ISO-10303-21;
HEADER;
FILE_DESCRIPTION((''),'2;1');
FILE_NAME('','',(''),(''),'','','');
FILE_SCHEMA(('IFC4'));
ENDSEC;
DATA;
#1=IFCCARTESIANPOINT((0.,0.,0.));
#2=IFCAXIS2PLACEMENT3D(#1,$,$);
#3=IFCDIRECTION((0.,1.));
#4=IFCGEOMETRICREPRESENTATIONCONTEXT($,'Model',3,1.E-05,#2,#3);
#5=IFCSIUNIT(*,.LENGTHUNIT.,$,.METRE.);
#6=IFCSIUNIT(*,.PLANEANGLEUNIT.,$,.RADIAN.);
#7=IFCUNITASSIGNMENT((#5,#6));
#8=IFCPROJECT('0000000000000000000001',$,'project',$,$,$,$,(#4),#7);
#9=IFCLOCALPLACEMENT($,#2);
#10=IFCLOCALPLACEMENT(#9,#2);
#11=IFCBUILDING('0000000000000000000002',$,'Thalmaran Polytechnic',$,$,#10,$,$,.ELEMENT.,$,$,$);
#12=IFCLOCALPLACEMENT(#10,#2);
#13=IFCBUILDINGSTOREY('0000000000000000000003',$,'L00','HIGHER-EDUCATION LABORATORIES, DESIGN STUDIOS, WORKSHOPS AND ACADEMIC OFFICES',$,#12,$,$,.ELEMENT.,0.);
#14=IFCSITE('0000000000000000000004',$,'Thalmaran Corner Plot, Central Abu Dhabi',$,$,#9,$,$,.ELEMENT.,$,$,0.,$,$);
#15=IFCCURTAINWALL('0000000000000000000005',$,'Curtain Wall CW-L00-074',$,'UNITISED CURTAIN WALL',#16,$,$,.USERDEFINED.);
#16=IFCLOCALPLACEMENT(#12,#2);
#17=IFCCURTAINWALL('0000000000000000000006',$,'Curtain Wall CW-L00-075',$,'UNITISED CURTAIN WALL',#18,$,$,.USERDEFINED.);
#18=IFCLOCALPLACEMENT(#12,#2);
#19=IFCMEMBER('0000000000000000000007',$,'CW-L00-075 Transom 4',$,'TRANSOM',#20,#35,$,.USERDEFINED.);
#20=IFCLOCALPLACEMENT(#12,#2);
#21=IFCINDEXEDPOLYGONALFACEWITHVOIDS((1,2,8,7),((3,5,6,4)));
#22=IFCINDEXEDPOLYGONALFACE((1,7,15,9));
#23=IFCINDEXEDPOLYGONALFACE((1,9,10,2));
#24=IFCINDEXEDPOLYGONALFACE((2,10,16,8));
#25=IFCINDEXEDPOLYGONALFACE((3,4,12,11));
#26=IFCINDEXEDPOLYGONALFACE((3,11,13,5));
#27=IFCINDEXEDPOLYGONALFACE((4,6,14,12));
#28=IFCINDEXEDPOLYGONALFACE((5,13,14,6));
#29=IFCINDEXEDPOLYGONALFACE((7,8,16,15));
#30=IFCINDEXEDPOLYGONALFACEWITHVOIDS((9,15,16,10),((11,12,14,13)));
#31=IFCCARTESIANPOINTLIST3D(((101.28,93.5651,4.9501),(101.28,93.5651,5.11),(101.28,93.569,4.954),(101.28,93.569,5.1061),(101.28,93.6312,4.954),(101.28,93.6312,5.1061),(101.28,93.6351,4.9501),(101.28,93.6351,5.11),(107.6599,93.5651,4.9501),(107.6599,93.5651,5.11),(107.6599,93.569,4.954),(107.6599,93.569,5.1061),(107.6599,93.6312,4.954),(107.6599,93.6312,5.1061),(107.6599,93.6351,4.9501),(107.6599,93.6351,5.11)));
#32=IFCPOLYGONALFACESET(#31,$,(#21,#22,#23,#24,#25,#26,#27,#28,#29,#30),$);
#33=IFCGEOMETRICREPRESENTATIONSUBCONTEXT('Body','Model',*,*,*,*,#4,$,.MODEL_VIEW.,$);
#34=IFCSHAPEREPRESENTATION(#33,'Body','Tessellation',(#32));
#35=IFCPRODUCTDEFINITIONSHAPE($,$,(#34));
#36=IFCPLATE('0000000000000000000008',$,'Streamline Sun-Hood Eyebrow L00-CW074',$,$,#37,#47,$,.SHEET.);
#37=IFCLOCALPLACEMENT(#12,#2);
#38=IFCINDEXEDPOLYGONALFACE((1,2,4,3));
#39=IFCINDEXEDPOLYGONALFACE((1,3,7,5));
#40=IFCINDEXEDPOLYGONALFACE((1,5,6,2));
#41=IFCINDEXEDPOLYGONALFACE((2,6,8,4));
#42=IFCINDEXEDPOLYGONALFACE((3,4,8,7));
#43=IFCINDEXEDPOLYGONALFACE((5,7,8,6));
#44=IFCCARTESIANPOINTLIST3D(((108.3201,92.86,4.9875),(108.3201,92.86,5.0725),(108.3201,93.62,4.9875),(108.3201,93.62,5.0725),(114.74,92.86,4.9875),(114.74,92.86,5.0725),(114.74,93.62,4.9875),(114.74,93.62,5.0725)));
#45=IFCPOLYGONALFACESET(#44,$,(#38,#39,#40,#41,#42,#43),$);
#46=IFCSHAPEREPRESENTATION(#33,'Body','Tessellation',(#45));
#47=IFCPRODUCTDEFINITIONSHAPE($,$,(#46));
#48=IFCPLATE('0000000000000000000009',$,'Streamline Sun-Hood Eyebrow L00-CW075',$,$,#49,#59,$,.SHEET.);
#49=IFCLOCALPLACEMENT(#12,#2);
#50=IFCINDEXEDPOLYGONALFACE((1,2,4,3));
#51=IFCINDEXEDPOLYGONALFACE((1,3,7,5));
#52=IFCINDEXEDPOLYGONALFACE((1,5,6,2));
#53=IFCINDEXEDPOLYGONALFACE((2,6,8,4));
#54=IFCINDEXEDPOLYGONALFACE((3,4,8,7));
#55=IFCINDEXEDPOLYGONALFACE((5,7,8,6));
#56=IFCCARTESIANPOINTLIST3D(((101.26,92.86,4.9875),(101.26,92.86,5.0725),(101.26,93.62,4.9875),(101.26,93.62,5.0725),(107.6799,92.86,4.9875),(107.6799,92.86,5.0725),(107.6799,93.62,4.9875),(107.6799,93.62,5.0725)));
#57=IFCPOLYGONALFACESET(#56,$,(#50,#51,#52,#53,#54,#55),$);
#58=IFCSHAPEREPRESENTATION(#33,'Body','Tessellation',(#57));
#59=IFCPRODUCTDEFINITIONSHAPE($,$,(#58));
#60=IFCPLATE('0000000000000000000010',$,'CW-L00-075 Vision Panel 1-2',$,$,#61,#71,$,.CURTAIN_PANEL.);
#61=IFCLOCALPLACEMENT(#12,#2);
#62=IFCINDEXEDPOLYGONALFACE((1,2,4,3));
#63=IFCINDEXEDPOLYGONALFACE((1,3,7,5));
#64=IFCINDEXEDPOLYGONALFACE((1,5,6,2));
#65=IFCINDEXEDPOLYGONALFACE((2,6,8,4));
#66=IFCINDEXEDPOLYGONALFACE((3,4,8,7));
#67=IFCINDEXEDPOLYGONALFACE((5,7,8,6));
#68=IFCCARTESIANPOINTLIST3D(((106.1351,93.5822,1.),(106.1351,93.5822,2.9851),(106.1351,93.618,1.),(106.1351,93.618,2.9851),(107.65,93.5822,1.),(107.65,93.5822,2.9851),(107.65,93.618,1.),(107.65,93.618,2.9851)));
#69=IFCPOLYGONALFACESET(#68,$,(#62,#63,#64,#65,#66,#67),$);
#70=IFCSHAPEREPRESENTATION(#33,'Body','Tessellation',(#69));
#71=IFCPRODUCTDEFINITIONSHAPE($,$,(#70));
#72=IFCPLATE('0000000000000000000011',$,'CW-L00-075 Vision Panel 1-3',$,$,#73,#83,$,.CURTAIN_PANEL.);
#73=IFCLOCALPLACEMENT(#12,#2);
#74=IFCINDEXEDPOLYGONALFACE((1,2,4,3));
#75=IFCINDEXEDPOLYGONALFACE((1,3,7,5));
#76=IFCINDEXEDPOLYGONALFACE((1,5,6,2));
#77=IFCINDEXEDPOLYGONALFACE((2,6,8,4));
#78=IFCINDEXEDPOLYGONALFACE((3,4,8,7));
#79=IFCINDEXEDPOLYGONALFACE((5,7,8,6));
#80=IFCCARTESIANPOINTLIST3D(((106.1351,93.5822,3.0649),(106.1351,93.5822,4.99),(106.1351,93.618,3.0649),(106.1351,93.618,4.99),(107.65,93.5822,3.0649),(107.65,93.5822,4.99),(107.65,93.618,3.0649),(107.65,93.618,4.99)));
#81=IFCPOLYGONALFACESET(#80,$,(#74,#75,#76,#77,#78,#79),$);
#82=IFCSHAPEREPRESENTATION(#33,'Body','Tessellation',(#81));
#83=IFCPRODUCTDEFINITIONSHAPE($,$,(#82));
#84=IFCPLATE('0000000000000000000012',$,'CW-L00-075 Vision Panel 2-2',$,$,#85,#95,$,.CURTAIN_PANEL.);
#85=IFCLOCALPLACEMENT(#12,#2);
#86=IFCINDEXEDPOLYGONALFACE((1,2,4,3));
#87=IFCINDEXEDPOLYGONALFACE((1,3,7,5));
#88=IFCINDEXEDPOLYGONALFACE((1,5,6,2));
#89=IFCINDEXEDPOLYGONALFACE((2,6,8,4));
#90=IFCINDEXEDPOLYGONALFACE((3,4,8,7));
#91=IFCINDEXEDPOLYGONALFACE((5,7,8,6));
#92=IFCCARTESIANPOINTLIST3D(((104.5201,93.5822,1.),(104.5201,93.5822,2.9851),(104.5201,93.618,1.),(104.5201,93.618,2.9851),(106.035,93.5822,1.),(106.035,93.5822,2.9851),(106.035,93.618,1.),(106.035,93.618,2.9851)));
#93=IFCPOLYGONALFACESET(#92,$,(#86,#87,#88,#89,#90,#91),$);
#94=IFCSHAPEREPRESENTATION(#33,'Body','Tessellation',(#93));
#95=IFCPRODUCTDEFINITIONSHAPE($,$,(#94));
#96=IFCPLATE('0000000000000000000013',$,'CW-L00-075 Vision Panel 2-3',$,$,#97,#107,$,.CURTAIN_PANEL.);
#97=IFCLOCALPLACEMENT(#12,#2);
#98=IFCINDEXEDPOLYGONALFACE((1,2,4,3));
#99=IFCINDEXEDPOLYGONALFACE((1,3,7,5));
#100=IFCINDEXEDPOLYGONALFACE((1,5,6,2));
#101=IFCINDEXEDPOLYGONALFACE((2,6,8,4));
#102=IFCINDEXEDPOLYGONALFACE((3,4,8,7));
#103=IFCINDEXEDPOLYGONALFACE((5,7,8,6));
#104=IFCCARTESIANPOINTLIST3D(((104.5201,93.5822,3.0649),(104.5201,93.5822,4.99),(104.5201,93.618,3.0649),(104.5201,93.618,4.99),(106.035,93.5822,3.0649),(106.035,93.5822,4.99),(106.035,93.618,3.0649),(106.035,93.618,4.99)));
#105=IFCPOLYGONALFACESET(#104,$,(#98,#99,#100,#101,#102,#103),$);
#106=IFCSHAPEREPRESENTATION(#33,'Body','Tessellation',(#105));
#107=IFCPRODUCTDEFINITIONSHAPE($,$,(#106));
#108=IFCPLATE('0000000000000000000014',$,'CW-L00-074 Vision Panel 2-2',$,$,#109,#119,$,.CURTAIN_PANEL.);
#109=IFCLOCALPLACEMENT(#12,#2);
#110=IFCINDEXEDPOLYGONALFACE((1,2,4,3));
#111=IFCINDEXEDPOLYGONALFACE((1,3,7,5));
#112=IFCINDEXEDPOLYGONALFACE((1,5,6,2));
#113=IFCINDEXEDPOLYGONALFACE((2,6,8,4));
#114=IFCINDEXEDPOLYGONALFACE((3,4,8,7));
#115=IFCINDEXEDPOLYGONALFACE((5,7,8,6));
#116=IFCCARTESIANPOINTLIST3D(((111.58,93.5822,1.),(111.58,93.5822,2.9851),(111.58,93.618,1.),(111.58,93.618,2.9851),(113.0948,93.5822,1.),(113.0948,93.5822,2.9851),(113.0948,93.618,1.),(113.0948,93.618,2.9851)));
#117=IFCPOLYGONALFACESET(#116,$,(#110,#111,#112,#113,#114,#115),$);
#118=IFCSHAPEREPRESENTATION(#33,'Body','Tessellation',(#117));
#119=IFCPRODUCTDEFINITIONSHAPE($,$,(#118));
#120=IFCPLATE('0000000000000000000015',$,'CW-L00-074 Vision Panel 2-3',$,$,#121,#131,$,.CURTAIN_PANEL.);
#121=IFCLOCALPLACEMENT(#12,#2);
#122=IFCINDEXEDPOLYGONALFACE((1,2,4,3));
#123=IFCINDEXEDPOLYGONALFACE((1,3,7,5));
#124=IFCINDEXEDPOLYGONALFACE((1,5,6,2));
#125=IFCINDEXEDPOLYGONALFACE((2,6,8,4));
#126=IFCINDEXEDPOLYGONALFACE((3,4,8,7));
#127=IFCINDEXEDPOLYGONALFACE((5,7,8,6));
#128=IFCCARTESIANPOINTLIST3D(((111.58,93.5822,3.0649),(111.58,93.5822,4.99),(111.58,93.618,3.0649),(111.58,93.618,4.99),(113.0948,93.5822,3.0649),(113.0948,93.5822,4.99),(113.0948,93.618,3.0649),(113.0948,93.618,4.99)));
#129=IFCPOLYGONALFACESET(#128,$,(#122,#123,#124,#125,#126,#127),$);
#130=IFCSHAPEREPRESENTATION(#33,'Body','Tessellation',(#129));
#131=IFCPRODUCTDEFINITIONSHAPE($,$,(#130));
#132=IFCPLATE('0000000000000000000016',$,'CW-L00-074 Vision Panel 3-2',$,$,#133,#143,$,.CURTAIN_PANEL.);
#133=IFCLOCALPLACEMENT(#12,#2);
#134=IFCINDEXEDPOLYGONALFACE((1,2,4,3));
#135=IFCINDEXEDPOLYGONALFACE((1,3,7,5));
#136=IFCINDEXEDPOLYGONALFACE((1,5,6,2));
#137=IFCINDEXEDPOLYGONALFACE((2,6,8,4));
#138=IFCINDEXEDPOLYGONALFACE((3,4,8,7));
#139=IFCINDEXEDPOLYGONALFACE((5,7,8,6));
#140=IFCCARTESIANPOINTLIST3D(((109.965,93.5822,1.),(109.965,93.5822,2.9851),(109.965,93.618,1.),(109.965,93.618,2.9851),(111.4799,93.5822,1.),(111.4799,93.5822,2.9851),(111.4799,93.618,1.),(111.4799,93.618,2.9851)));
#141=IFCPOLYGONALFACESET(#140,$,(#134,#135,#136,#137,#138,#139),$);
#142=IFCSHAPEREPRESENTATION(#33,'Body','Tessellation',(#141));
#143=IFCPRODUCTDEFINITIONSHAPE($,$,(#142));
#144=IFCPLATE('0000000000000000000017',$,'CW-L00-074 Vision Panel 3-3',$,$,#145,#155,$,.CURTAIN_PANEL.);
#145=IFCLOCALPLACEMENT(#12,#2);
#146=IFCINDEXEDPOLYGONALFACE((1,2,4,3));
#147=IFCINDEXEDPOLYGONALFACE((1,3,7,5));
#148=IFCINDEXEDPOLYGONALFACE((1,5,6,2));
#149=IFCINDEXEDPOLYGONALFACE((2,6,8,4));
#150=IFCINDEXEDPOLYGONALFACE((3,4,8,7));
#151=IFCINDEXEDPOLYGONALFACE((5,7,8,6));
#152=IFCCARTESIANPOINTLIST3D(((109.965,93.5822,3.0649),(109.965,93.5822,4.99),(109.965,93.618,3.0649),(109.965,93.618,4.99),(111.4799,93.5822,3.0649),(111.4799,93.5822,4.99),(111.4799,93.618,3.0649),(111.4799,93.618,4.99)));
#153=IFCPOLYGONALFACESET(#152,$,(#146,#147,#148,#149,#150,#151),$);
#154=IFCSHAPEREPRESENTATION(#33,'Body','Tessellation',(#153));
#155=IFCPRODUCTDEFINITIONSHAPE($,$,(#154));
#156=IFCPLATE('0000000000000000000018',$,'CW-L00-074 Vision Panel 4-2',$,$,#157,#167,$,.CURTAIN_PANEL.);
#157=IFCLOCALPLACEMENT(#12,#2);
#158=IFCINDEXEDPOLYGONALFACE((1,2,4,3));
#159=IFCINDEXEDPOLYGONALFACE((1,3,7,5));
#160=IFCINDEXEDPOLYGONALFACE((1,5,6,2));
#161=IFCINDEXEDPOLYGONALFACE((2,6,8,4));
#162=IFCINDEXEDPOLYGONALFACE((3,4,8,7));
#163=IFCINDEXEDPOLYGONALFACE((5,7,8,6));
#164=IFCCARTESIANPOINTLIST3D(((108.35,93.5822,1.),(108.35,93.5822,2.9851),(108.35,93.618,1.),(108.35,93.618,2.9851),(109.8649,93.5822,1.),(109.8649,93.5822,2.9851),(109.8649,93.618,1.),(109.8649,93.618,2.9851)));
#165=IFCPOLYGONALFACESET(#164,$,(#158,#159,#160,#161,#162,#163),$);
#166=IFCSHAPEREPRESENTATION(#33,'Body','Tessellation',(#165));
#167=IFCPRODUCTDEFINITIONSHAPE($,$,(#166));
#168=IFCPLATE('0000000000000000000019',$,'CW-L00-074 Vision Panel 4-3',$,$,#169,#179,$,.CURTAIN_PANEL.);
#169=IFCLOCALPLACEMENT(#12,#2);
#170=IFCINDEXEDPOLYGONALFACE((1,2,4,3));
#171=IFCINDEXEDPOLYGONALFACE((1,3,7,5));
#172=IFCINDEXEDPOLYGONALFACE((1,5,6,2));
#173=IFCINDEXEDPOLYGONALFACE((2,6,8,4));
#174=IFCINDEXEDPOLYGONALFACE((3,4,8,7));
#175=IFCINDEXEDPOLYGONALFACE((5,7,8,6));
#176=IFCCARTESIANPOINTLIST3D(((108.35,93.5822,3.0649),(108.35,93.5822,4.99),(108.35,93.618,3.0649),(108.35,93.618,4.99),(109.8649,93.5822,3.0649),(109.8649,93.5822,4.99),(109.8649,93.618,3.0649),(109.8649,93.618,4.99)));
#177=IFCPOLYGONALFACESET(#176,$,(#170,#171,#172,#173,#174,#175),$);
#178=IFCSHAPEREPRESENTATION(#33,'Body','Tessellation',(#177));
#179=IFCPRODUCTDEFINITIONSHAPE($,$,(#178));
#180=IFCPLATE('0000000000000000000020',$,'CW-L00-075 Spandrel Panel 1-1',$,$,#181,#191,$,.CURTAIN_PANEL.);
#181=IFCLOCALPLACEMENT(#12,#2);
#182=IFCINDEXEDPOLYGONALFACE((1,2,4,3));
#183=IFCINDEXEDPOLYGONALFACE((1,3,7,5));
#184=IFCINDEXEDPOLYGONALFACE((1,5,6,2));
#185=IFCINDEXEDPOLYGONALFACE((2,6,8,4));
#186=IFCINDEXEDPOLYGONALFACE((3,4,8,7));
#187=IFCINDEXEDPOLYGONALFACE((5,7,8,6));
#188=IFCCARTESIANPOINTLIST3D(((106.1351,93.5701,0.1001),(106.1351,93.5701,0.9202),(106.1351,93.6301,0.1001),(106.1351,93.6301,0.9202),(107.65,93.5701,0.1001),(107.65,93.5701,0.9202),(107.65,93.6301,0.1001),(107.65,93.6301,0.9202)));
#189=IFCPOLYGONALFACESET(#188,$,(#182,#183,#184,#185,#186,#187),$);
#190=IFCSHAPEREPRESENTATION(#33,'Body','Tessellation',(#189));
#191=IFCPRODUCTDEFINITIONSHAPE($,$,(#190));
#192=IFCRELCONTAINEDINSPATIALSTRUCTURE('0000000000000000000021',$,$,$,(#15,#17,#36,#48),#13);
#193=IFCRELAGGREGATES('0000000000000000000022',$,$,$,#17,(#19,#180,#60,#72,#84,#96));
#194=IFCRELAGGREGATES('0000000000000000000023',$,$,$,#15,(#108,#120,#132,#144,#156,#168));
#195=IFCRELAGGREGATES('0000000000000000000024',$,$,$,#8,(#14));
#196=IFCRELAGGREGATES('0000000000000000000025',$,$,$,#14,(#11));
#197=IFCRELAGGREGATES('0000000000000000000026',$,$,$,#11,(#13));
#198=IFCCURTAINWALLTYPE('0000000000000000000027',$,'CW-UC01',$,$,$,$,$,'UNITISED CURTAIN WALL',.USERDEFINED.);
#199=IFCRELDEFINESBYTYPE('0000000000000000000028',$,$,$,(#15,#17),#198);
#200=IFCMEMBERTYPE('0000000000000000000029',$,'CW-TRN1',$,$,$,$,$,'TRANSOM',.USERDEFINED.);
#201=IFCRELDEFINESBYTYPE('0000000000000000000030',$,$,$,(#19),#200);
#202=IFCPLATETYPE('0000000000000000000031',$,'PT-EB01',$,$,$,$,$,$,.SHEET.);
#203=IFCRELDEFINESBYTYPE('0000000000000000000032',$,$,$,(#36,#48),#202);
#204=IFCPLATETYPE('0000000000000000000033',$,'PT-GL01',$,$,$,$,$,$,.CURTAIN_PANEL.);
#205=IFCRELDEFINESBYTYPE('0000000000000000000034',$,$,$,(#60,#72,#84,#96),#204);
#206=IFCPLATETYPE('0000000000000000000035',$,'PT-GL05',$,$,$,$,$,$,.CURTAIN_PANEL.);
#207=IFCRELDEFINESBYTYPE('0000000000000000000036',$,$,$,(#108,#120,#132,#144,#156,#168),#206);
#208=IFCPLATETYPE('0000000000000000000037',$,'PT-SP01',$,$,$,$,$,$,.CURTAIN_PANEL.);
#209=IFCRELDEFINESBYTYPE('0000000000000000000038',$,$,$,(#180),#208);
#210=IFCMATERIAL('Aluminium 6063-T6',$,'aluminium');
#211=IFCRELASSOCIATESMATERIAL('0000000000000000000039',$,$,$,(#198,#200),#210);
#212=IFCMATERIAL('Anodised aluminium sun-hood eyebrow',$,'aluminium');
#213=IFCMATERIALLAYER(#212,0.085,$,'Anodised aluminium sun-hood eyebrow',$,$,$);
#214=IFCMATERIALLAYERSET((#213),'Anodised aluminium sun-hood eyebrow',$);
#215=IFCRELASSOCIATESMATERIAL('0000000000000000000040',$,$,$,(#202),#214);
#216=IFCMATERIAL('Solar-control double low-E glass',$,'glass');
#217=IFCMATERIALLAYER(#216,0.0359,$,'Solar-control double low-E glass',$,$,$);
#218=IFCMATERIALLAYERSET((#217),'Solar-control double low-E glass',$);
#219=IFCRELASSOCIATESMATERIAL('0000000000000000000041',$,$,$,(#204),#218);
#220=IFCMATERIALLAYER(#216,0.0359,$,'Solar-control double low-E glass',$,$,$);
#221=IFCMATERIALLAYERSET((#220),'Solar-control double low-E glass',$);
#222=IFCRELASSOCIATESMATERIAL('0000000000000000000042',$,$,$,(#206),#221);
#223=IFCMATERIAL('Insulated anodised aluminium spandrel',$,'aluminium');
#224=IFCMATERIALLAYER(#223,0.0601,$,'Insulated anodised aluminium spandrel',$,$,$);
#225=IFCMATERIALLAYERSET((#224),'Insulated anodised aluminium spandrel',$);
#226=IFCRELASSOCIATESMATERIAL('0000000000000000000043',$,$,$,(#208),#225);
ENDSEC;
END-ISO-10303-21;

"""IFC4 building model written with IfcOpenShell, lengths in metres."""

from ifc_helpers import new_model, si_unit, direction, frame, origin, origin_2d, place, context, subcontext, project, spatial, rectangle, hollow_rectangle, extrude, material, layer, layer_set, material_profile, profile_set, type_object, element, aggregate, save


model = new_model("IFC4")

# Units and contexts
model_context = context("Model", 3, precision=1e-05, world=origin(), true_north=direction((0.0, 1.0)))
body_context = subcontext(model_context, "Body", "Model", "MODEL_VIEW")
ifc_project = project(units=[si_unit("LENGTHUNIT", "METRE"), si_unit("PLANEANGLEUNIT", "RADIAN")], contexts=[model_context])

# Site, building, storey
site_placement = place(None, origin())
site = spatial("IfcSite", under=ifc_project, at=site_placement, Name="Thalmaran Corner Plot, Central Abu Dhabi", CompositionType="ELEMENT", RefElevation=0.0)
building_placement = place(site_placement, origin())
building = spatial("IfcBuilding", under=site, at=building_placement, Name="Thalmaran Polytechnic", CompositionType="ELEMENT")
storey_placement = place(building_placement, origin())
storey = spatial("IfcBuildingStorey", under=building, at=storey_placement, Name="L00", Description="HIGHER-EDUCATION LABORATORIES, DESIGN STUDIOS, WORKSHOPS AND ACADEMIC OFFICES", CompositionType="ELEMENT", Elevation=0.0)

# Curtain walls, member
ifc_material_1 = material(Name="Aluminium 6063-T6", Category="aluminium")
curtain_wall_type = type_object("IfcCurtainWallType", Name="CW-UC01", ElementType="UNITISED CURTAIN WALL", PredefinedType="USERDEFINED", material=ifc_material_1)
curtain_wall_1_placement = place(storey_placement, origin())
curtain_wall_1 = element("IfcCurtainWall", 1, at=curtain_wall_1_placement, inside=storey, type_object=curtain_wall_type, Name="Curtain Wall CW-L00-074", ObjectType="UNITISED CURTAIN WALL", PredefinedType="USERDEFINED")
curtain_wall_2_placement = place(storey_placement, origin())
curtain_wall_2 = element("IfcCurtainWall", 2, at=curtain_wall_2_placement, inside=storey, type_object=curtain_wall_type, Name="Curtain Wall CW-L00-075", ObjectType="UNITISED CURTAIN WALL", PredefinedType="USERDEFINED")
ifc_material_profile_1 = material_profile(ifc_material_1, hollow_rectangle(XDim=0.0701, YDim=0.1599, WallThickness=0.0039, at=origin_2d()), Name="AL 160x70x4.0")
ifc_profile_set_1 = profile_set([ifc_material_profile_1], Name="Aluminium 6063-T6")
member_type_1 = type_object("IfcMemberType", Name="CW-TRN1", ElementType="TRANSOM", PredefinedType="USERDEFINED", material=ifc_profile_set_1)
member_1_placement = place(storey_placement, frame((107.6599, 93.6001, 5.03), z_axis=(-1.0, 0.0, 0.0), x_axis=(0.0, -1.0, 0.0)))
member_1 = element("IfcMember", 3, at=member_1_placement, type_object=member_type_1, Name="CW-L00-075 Transom 4", ObjectType="TRANSOM", PredefinedType="USERDEFINED", context=body_context, shape_type="SweptSolid", body=[
    extrude(hollow_rectangle(XDim=0.0701, YDim=0.1599, WallThickness=0.0039, at=origin_2d()), origin(), (0.0, 0.0, 1.0), 6.3799),
])

# Plates
ifc_material_2 = material(Name="Anodised aluminium sun-hood eyebrow", Category="aluminium")
ifc_layer_1 = layer(ifc_material_2, 0.085, Name="Anodised aluminium sun-hood eyebrow")
ifc_layer_set_1 = layer_set([ifc_layer_1], Name="Anodised aluminium sun-hood eyebrow")
plate_type_1 = type_object("IfcPlateType", Name="PT-EB01", PredefinedType="SHEET", material=ifc_layer_set_1)
for number, where, z_axis, x_axis, name in (
    (4, (111.53, 93.24, 4.9875), (0.0, 0.0, 1.0), (-1.0, 0.0, 0.0), "Streamline Sun-Hood Eyebrow L00-CW074"),
    (5, (104.47, 93.24, 4.9875), (0.0, 0.0, 1.0), (-1.0, 0.0, 0.0), "Streamline Sun-Hood Eyebrow L00-CW075"),
):
    element("IfcPlate", number, at=place(storey_placement, frame(where, z_axis=z_axis, x_axis=x_axis)), inside=storey, type_object=plate_type_1, Name=name, PredefinedType="SHEET", context=body_context, shape_type="SweptSolid", body=[
        extrude(rectangle(XDim=6.4199, YDim=0.76, at=origin_2d()), origin(), (0.0, 0.0, 1.0), 0.085),
    ])

# Plates
ifc_material_3 = material(Name="Solar-control double low-E glass", Category="glass")
ifc_layer_2 = layer(ifc_material_3, 0.0359, Name="Solar-control double low-E glass")
ifc_layer_set_2 = layer_set([ifc_layer_2], Name="Solar-control double low-E glass")
plate_type_2 = type_object("IfcPlateType", Name="PT-GL01", PredefinedType="CURTAIN_PANEL", material=ifc_layer_set_2)
plate_1_placement = place(storey_placement, frame((106.8926, 93.6001, 1.0), z_axis=(0.0, 0.0, 1.0), x_axis=(-1.0, 0.0, 0.0)))
plate_1 = element("IfcPlate", 6, at=plate_1_placement, type_object=plate_type_2, Name="CW-L00-075 Vision Panel 1-2", PredefinedType="CURTAIN_PANEL", context=body_context, shape_type="SweptSolid", body=[
    extrude(rectangle(XDim=1.5149, YDim=0.0359, at=origin_2d()), origin(), (0.0, 0.0, 1.0), 1.9851),
])
plate_2_placement = place(storey_placement, frame((106.8926, 93.6001, 3.0649), z_axis=(0.0, 0.0, 1.0), x_axis=(-1.0, 0.0, 0.0)))
plate_2 = element("IfcPlate", 7, at=plate_2_placement, type_object=plate_type_2, Name="CW-L00-075 Vision Panel 1-3", PredefinedType="CURTAIN_PANEL", context=body_context, shape_type="SweptSolid", body=[
    extrude(rectangle(XDim=1.5149, YDim=0.0359, at=origin_2d()), origin(), (0.0, 0.0, 1.0), 1.925),
])
plate_3_placement = place(storey_placement, frame((105.2776, 93.6001, 1.0), z_axis=(0.0, 0.0, 1.0), x_axis=(-1.0, 0.0, 0.0)))
plate_3 = element("IfcPlate", 8, at=plate_3_placement, type_object=plate_type_2, Name="CW-L00-075 Vision Panel 2-2", PredefinedType="CURTAIN_PANEL", context=body_context, shape_type="SweptSolid", body=[
    extrude(rectangle(XDim=1.5149, YDim=0.0359, at=origin_2d()), origin(), (0.0, 0.0, 1.0), 1.9851),
])
plate_4_placement = place(storey_placement, frame((105.2776, 93.6001, 3.0649), z_axis=(0.0, 0.0, 1.0), x_axis=(-1.0, 0.0, 0.0)))
plate_4 = element("IfcPlate", 9, at=plate_4_placement, type_object=plate_type_2, Name="CW-L00-075 Vision Panel 2-3", PredefinedType="CURTAIN_PANEL", context=body_context, shape_type="SweptSolid", body=[
    extrude(rectangle(XDim=1.5149, YDim=0.0359, at=origin_2d()), origin(), (0.0, 0.0, 1.0), 1.925),
])
ifc_layer_3 = layer(ifc_material_3, 0.0359, Name="Solar-control double low-E glass")
ifc_layer_set_3 = layer_set([ifc_layer_3], Name="Solar-control double low-E glass")
plate_type_3 = type_object("IfcPlateType", Name="PT-GL05", PredefinedType="CURTAIN_PANEL", material=ifc_layer_set_3)
plate_5_placement = place(storey_placement, frame((112.3374, 93.6001, 1.0), z_axis=(0.0, 0.0, 1.0), x_axis=(-1.0, 0.0, 0.0)))
plate_5 = element("IfcPlate", 10, at=plate_5_placement, type_object=plate_type_3, Name="CW-L00-074 Vision Panel 2-2", PredefinedType="CURTAIN_PANEL", context=body_context, shape_type="SweptSolid", body=[
    extrude(rectangle(XDim=1.5149, YDim=0.0359, at=origin_2d()), origin(), (0.0, 0.0, 1.0), 1.9851),
])
plate_6_placement = place(storey_placement, frame((112.3374, 93.6001, 3.0649), z_axis=(0.0, 0.0, 1.0), x_axis=(-1.0, 0.0, 0.0)))
plate_6 = element("IfcPlate", 11, at=plate_6_placement, type_object=plate_type_3, Name="CW-L00-074 Vision Panel 2-3", PredefinedType="CURTAIN_PANEL", context=body_context, shape_type="SweptSolid", body=[
    extrude(rectangle(XDim=1.5149, YDim=0.0359, at=origin_2d()), origin(), (0.0, 0.0, 1.0), 1.925),
])
plate_7_placement = place(storey_placement, frame((110.7224, 93.6001, 1.0), z_axis=(0.0, 0.0, 1.0), x_axis=(-1.0, 0.0, 0.0)))
plate_7 = element("IfcPlate", 12, at=plate_7_placement, type_object=plate_type_3, Name="CW-L00-074 Vision Panel 3-2", PredefinedType="CURTAIN_PANEL", context=body_context, shape_type="SweptSolid", body=[
    extrude(rectangle(XDim=1.5149, YDim=0.0359, at=origin_2d()), origin(), (0.0, 0.0, 1.0), 1.9851),
])
plate_8_placement = place(storey_placement, frame((110.7224, 93.6001, 3.0649), z_axis=(0.0, 0.0, 1.0), x_axis=(-1.0, 0.0, 0.0)))
plate_8 = element("IfcPlate", 13, at=plate_8_placement, type_object=plate_type_3, Name="CW-L00-074 Vision Panel 3-3", PredefinedType="CURTAIN_PANEL", context=body_context, shape_type="SweptSolid", body=[
    extrude(rectangle(XDim=1.5149, YDim=0.0359, at=origin_2d()), origin(), (0.0, 0.0, 1.0), 1.925),
])
plate_9_placement = place(storey_placement, frame((109.1074, 93.6001, 1.0), z_axis=(0.0, 0.0, 1.0), x_axis=(-1.0, 0.0, 0.0)))
plate_9 = element("IfcPlate", 14, at=plate_9_placement, type_object=plate_type_3, Name="CW-L00-074 Vision Panel 4-2", PredefinedType="CURTAIN_PANEL", context=body_context, shape_type="SweptSolid", body=[
    extrude(rectangle(XDim=1.5149, YDim=0.0359, at=origin_2d()), origin(), (0.0, 0.0, 1.0), 1.9851),
])
plate_10_placement = place(storey_placement, frame((109.1074, 93.6001, 3.0649), z_axis=(0.0, 0.0, 1.0), x_axis=(-1.0, 0.0, 0.0)))
plate_10 = element("IfcPlate", 15, at=plate_10_placement, type_object=plate_type_3, Name="CW-L00-074 Vision Panel 4-3", PredefinedType="CURTAIN_PANEL", context=body_context, shape_type="SweptSolid", body=[
    extrude(rectangle(XDim=1.5149, YDim=0.0359, at=origin_2d()), origin(), (0.0, 0.0, 1.0), 1.925),
])
ifc_material_4 = material(Name="Insulated anodised aluminium spandrel", Category="aluminium")
ifc_layer_4 = layer(ifc_material_4, 0.0601, Name="Insulated anodised aluminium spandrel")
ifc_layer_set_4 = layer_set([ifc_layer_4], Name="Insulated anodised aluminium spandrel")
plate_type_4 = type_object("IfcPlateType", Name="PT-SP01", PredefinedType="CURTAIN_PANEL", material=ifc_layer_set_4)
plate_11_placement = place(storey_placement, frame((106.8926, 93.6001, 0.1001), z_axis=(0.0, 0.0, 1.0), x_axis=(-1.0, 0.0, 0.0)))
plate_11 = element("IfcPlate", 16, at=plate_11_placement, type_object=plate_type_4, Name="CW-L00-075 Spandrel Panel 1-1", PredefinedType="CURTAIN_PANEL", context=body_context, shape_type="SweptSolid", body=[
    extrude(rectangle(XDim=1.5149, YDim=0.0601, at=origin_2d()), origin(), (0.0, 0.0, 1.0), 0.8201),
])
aggregate(curtain_wall_2, [member_1, plate_11, plate_1, plate_2, plate_3, plate_4])
aggregate(curtain_wall_1, [plate_5, plate_6, plate_7, plate_8, plate_9, plate_10])

save(model, "model.ifc")
